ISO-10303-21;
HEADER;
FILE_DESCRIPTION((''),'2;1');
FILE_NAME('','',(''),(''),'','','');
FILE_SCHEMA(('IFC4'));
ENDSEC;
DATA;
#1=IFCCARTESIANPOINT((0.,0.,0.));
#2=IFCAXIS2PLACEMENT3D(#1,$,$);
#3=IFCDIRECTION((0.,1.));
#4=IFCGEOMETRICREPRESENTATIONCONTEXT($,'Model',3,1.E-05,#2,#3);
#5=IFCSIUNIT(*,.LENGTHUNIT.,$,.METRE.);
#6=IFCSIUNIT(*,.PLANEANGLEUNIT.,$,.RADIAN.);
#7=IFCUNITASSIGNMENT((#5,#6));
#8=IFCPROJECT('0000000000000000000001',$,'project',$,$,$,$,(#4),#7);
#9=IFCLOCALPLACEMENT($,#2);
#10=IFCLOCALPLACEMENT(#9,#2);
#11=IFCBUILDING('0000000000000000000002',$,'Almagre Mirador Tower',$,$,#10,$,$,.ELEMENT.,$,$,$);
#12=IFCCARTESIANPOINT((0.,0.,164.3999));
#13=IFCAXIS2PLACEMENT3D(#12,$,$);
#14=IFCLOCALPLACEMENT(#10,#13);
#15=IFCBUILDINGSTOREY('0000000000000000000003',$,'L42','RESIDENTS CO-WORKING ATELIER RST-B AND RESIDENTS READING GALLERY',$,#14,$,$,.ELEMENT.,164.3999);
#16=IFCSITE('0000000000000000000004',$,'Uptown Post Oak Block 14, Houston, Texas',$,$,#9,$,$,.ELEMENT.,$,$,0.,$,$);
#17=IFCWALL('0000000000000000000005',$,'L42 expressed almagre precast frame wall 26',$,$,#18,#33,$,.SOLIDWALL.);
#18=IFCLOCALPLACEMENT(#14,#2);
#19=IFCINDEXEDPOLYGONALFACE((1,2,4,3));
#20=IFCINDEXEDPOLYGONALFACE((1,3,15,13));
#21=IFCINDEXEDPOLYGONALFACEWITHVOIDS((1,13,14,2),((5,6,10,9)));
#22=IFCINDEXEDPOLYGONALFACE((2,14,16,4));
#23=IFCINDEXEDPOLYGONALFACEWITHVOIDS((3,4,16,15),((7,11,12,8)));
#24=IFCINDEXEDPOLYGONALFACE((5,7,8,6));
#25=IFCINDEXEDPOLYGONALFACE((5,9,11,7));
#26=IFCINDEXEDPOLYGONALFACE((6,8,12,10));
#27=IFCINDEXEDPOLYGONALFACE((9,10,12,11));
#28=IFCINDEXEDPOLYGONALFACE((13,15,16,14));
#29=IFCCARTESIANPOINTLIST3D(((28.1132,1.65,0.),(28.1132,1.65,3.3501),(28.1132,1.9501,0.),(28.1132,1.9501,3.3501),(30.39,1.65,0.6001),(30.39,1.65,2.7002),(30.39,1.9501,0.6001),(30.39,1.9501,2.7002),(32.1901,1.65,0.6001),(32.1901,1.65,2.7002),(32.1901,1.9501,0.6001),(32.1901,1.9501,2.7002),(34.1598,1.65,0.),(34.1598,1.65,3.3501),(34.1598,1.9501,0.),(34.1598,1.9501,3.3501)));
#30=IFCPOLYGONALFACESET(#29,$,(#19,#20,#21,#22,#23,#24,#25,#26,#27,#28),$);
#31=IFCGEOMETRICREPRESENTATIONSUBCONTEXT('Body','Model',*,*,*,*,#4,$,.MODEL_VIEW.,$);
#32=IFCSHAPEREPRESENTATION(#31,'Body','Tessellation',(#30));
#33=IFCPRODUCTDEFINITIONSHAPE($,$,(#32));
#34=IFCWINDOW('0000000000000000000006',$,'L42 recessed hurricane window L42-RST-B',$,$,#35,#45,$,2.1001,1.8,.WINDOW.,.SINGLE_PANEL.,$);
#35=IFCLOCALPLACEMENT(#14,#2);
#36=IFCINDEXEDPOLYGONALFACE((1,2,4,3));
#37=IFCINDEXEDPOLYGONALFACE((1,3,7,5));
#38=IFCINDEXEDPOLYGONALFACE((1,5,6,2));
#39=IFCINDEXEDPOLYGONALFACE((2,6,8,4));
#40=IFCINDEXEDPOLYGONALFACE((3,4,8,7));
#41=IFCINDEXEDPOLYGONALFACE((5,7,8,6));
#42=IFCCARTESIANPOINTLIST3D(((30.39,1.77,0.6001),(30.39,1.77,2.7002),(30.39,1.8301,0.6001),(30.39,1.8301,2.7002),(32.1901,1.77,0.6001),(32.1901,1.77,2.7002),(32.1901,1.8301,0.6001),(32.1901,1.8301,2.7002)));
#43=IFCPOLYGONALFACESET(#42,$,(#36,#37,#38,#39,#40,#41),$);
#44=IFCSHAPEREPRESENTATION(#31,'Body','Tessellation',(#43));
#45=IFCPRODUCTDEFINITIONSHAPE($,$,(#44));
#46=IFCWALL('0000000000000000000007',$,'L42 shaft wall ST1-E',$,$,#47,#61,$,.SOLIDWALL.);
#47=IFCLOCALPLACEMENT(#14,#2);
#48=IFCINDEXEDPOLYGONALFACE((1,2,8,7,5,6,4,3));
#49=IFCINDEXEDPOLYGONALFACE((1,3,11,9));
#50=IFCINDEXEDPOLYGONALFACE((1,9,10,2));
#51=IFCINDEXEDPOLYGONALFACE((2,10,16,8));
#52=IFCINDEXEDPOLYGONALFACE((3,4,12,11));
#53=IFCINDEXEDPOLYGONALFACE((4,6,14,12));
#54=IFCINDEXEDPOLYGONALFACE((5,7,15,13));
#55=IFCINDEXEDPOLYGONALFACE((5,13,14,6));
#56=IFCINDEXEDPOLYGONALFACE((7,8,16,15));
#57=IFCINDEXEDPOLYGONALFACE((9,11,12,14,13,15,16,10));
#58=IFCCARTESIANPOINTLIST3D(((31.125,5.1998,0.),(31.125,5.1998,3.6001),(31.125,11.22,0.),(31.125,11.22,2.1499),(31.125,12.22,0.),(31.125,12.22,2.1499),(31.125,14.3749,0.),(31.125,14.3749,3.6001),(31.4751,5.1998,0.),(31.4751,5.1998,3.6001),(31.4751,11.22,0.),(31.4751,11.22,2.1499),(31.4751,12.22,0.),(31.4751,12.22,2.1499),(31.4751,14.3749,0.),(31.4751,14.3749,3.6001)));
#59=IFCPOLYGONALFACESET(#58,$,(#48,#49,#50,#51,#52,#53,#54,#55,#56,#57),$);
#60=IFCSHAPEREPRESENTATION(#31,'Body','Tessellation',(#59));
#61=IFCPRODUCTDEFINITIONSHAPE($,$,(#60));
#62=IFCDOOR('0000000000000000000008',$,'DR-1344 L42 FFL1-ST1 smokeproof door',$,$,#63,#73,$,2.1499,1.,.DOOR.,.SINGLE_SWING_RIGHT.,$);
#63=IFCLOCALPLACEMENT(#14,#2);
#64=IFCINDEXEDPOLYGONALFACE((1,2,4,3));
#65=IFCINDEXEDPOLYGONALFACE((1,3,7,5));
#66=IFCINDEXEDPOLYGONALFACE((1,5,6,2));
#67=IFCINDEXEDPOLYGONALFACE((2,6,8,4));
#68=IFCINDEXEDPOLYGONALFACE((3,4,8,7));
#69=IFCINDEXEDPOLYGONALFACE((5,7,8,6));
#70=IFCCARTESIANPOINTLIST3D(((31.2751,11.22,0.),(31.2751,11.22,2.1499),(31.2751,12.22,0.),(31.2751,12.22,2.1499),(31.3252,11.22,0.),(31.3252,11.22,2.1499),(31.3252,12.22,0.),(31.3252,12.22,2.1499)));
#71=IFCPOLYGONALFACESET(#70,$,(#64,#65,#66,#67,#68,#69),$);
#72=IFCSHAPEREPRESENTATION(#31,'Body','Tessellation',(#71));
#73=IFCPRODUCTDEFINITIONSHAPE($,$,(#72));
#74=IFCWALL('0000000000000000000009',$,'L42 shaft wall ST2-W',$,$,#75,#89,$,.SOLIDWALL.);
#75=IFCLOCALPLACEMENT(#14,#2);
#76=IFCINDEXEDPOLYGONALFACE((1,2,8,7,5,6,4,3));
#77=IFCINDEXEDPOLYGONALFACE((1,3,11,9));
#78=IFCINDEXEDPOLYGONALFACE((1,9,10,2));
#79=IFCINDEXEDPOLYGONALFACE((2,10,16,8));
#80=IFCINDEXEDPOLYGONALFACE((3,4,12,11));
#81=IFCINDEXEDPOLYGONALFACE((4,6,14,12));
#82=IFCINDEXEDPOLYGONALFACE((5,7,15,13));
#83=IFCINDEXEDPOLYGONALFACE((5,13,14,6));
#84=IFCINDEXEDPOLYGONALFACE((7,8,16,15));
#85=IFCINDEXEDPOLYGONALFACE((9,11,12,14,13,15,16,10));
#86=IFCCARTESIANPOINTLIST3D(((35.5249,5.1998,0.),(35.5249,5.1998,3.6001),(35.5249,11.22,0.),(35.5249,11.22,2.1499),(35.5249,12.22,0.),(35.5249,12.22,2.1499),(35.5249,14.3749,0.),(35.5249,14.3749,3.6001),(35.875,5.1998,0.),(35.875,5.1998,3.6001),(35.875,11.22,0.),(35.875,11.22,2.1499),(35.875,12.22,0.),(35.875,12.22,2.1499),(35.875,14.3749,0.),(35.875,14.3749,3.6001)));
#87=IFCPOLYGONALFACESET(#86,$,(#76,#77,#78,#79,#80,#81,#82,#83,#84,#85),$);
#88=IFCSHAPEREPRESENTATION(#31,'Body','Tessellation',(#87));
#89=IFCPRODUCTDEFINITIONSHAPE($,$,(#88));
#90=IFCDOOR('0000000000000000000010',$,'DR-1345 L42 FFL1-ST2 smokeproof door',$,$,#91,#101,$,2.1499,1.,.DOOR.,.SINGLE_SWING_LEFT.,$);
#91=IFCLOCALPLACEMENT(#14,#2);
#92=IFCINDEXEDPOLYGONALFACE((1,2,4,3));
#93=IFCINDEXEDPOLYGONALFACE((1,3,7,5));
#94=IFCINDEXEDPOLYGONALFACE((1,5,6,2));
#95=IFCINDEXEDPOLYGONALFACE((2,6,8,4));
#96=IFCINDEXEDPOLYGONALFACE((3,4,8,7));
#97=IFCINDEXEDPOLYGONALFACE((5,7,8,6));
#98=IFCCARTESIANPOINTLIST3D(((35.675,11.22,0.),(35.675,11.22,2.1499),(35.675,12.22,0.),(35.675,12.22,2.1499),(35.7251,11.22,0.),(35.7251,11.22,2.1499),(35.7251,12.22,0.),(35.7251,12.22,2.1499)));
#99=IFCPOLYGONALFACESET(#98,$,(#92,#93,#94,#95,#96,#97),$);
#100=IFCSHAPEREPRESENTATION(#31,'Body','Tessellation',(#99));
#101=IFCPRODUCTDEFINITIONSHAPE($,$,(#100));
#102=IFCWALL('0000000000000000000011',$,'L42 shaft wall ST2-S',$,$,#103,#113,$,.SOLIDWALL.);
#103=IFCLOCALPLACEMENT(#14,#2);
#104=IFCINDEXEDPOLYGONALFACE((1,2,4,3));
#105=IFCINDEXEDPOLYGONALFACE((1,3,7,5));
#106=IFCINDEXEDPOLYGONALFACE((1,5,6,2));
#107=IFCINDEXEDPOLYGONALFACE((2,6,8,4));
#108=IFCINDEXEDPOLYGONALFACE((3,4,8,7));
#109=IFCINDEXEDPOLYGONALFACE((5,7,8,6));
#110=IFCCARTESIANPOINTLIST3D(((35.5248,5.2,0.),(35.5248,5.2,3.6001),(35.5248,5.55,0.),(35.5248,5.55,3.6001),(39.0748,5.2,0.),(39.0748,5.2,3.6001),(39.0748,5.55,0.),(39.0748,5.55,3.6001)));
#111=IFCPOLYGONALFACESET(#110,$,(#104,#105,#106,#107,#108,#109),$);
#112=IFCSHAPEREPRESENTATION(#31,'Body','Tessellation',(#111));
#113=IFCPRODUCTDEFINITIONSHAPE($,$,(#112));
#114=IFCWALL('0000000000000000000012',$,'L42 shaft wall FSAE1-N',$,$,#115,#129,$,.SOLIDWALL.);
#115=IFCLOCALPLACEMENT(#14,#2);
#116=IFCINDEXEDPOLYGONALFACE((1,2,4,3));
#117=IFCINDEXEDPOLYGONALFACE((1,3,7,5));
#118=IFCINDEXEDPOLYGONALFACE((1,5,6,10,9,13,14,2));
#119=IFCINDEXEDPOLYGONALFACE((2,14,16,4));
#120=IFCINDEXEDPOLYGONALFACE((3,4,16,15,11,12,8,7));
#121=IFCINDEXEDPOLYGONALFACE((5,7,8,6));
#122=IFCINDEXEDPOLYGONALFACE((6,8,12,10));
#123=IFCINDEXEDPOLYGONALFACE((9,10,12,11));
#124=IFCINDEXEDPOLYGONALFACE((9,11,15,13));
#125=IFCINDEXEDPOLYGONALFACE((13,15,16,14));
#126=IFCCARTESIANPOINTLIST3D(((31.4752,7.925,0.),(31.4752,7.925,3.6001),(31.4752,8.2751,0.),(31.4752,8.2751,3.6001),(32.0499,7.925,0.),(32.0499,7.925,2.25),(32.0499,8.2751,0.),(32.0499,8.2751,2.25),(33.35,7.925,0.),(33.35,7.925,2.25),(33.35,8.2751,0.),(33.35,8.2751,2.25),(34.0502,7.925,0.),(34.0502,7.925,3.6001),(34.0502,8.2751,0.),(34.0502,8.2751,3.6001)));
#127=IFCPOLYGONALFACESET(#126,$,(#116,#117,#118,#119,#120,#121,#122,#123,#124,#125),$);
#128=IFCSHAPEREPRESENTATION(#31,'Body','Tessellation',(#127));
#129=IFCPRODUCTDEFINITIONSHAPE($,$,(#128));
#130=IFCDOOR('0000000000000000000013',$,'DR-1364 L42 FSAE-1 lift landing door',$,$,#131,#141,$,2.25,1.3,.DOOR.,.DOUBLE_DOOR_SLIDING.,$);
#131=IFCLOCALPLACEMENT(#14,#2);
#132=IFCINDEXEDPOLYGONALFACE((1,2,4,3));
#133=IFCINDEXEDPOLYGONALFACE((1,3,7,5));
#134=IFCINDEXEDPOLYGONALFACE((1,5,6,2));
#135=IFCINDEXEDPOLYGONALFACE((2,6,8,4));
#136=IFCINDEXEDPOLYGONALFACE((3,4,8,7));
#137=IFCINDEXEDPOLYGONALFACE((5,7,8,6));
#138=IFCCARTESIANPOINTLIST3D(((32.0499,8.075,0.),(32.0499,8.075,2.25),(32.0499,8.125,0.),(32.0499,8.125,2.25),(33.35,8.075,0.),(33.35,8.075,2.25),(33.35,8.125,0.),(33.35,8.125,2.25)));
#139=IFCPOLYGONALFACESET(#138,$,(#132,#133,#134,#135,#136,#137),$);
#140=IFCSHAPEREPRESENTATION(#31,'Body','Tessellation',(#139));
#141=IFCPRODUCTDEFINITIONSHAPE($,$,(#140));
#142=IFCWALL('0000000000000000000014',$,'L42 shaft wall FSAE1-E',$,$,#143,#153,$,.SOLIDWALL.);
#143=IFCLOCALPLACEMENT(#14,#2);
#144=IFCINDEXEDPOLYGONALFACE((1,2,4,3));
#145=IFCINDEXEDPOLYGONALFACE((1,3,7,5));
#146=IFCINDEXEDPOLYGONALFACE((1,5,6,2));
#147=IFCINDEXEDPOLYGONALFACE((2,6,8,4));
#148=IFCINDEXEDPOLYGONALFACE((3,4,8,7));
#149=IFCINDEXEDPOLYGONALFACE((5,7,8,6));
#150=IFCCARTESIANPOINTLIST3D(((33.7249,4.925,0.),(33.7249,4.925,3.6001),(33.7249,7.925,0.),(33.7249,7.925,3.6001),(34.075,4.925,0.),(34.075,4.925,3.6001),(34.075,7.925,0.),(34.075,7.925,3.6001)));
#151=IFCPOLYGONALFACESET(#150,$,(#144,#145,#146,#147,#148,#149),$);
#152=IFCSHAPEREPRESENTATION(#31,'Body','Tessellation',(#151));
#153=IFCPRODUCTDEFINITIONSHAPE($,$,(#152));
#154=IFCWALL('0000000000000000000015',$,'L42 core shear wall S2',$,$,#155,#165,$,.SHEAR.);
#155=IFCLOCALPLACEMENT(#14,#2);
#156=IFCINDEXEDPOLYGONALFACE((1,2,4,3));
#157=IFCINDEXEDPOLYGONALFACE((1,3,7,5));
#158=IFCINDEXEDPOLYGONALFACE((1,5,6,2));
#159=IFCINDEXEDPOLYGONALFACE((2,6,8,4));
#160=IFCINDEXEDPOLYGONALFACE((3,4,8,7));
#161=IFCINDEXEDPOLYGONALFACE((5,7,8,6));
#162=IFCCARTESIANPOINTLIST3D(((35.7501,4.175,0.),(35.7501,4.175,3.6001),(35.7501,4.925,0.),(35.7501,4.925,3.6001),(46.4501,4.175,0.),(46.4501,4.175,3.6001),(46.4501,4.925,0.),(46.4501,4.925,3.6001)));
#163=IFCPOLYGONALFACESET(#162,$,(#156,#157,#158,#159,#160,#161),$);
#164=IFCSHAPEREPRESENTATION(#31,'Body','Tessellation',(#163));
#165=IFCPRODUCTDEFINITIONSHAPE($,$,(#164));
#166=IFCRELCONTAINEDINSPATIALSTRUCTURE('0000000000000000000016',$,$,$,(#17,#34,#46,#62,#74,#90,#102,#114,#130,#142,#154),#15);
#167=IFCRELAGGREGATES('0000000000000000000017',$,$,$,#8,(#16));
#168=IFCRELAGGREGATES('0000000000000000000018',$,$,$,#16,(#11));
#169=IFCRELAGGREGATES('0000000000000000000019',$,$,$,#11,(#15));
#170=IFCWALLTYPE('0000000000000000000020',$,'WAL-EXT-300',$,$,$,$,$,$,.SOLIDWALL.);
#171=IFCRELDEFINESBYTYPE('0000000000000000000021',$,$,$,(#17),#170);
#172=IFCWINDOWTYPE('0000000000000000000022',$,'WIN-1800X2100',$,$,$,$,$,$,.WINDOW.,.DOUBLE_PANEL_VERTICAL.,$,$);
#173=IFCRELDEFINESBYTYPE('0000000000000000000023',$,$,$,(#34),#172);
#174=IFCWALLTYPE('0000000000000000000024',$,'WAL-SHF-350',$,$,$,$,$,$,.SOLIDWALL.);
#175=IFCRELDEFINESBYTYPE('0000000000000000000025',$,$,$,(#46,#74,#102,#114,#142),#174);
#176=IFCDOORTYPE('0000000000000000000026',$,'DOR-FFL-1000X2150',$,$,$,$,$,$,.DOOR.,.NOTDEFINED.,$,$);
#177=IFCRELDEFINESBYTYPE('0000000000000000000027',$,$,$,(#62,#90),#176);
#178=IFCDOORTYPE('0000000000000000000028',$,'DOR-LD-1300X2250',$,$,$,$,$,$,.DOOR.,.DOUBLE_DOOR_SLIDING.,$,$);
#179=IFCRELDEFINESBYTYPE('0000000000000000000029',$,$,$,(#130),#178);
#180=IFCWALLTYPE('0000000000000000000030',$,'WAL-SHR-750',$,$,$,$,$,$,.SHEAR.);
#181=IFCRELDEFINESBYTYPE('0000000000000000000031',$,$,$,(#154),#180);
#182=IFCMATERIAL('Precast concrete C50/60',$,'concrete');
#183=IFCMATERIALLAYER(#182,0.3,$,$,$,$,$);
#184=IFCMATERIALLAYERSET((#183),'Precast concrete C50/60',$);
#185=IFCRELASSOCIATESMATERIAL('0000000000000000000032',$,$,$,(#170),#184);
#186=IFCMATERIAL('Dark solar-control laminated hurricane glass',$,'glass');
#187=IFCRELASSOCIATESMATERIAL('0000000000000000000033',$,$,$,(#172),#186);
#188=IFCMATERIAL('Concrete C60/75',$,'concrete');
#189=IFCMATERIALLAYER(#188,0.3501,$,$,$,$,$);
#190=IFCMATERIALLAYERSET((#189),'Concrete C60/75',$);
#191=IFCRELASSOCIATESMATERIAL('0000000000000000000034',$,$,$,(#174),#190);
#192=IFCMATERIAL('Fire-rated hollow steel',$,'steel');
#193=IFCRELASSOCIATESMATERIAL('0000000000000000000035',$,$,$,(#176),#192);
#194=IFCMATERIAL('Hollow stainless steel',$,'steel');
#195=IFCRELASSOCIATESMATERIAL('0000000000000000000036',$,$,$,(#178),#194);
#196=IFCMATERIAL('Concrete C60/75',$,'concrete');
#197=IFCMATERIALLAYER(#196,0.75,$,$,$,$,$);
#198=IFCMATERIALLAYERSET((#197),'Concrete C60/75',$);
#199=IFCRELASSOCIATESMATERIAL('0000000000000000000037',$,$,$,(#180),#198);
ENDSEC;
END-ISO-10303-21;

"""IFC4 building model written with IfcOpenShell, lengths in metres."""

from ifc_helpers import new_model, si_unit, direction, frame, frame_2d, origin, place, context, subcontext, project, spatial, rectangle, extrude, material, layer, layer_set, type_object, element, fill, save


model = new_model("IFC4")

# Units and contexts
model_context = context("Model", 3, precision=1e-05, world=origin(), true_north=direction((0.0, 1.0)))
body_context = subcontext(model_context, "Body", "Model", "MODEL_VIEW")
ifc_project = project(units=[si_unit("LENGTHUNIT", "METRE"), si_unit("PLANEANGLEUNIT", "RADIAN")], contexts=[model_context])

# Site, building, storey
site_placement = place(None, origin())
site = spatial("IfcSite", under=ifc_project, at=site_placement, Name="Uptown Post Oak Block 14, Houston, Texas", CompositionType="ELEMENT", RefElevation=0.0)
building_placement = place(site_placement, origin())
building = spatial("IfcBuilding", under=site, at=building_placement, Name="Almagre Mirador Tower", CompositionType="ELEMENT")
storey_placement = place(building_placement, frame((0.0, 0.0, 164.3999)))
storey = spatial("IfcBuildingStorey", under=building, at=storey_placement, Name="L42", Description="RESIDENTS CO-WORKING ATELIER RST-B AND RESIDENTS READING GALLERY", CompositionType="ELEMENT", Elevation=164.3999)

# Shared definitions
ifc_material_1 = material(Name="Precast concrete C50/60", Category="concrete")
ifc_layer_1 = layer(ifc_material_1, 0.3)
ifc_layer_set_1 = layer_set([ifc_layer_1], Name="Precast concrete C50/60")
wall_type_1 = type_object("IfcWallType", Name="WAL-EXT-300", PredefinedType="SOLIDWALL", material=ifc_layer_set_1)

# Wall, opening, window
wall_1_placement = place(storey_placement, frame((34.1599, 1.8, 0.0), z_axis=(0.0, 0.0, 1.0), x_axis=(-1.0, 0.0, 0.0)))
wall_1 = element("IfcWall", 1, at=wall_1_placement, inside=storey, type_object=wall_type_1, Name="L42 expressed almagre precast frame wall 26", PredefinedType="SOLIDWALL", context=body_context, shape_type="SweptSolid", body=[
    extrude(rectangle(XDim=6.0466, YDim=0.3, at=frame_2d((3.0234, 0.0))), origin(), (0.0, 0.0, 1.0), 3.3501),
])
opening_1_placement = place(wall_1_placement, frame((1.97, 0.0, 0.6001)))
opening_1 = element("IfcOpeningElement", 2, at=opening_1_placement, cuts=wall_1, PredefinedType="OPENING", context=body_context, shape_type="SweptSolid", body=[
    extrude(rectangle(XDim=1.8, YDim=2.1001, at=frame_2d((0.8999, 1.05))), frame((0.0, 0.1599, 0.0), z_axis=(0.0, -1.0, 0.0), x_axis=(1.0, 0.0, 0.0)), (0.0, 0.0, 1.0), 0.32),
])
ifc_material_2 = material(Name="Dark solar-control laminated hurricane glass", Category="glass")
window_type = type_object("IfcWindowType", Name="WIN-1800X2100", PartitioningType="DOUBLE_PANEL_VERTICAL", PredefinedType="WINDOW", material=ifc_material_2)
window_placement = place(opening_1_placement, origin())
window = element("IfcWindow", 3, at=window_placement, inside=storey, type_object=window_type, Name="L42 recessed hurricane window L42-RST-B", OverallHeight=2.1001, OverallWidth=1.8, PartitioningType="SINGLE_PANEL", PredefinedType="WINDOW", context=body_context, shape_type="SweptSolid", body=[
    extrude(rectangle(XDim=1.8, YDim=2.1001, at=frame_2d((0.8999, 1.05))), frame((0.0, 0.03, 0.0), z_axis=(0.0, -1.0, 0.0), x_axis=(1.0, 0.0, 0.0)), (0.0, 0.0, 1.0), 0.0601),
])
fill(opening_1, window)

# Walls, openings, doors
ifc_material_3 = material(Name="Concrete C60/75", Category="concrete")
ifc_layer_2 = layer(ifc_material_3, 0.3501)
ifc_layer_set_2 = layer_set([ifc_layer_2], Name="Concrete C60/75")
wall_type_2 = type_object("IfcWallType", Name="WAL-SHF-350", PredefinedType="SOLIDWALL", material=ifc_layer_set_2)
wall_2_placement = place(storey_placement, frame((31.3, 5.2, 0.0), z_axis=(0.0, 0.0, 1.0), x_axis=(0.0, 1.0, 0.0)))
wall_2 = element("IfcWall", 4, at=wall_2_placement, inside=storey, type_object=wall_type_2, Name="L42 shaft wall ST1-E", PredefinedType="SOLIDWALL", context=body_context, shape_type="SweptSolid", body=[
    extrude(rectangle(XDim=9.175, YDim=0.3501, at=frame_2d((4.5874, 0.0))), origin(), (0.0, 0.0, 1.0), 3.6001),
])
opening_2_placement = place(wall_2_placement, frame((6.02, 0.0, 0.0)))
opening_2 = element("IfcOpeningElement", 5, at=opening_2_placement, cuts=wall_2, PredefinedType="OPENING", context=body_context, shape_type="SweptSolid", body=[
    extrude(rectangle(XDim=1.0, YDim=2.1499, at=frame_2d((0.5, 1.075))), frame((0.0, 0.185, 0.0), z_axis=(0.0, -1.0, 0.0), x_axis=(1.0, 0.0, 0.0)), (0.0, 0.0, 1.0), 0.3701),
])
ifc_material_4 = material(Name="Fire-rated hollow steel", Category="steel")
door_type_1 = type_object("IfcDoorType", Name="DOR-FFL-1000X2150", OperationType="NOTDEFINED", PredefinedType="DOOR", material=ifc_material_4)
door_1_placement = place(opening_2_placement, origin())
door_1 = element("IfcDoor", 6, at=door_1_placement, inside=storey, type_object=door_type_1, Name="DR-1344 L42 FFL1-ST1 smokeproof door", OperationType="SINGLE_SWING_RIGHT", OverallHeight=2.1499, OverallWidth=1.0, PredefinedType="DOOR", context=body_context, shape_type="SweptSolid", body=[
    extrude(rectangle(XDim=1.0, YDim=2.1499, at=frame_2d((0.5, 1.075))), frame((0.0, 0.0249, 0.0), z_axis=(0.0, -1.0, 0.0), x_axis=(1.0, 0.0, 0.0)), (0.0, 0.0, 1.0), 0.05),
])
fill(opening_2, door_1)
wall_3_placement = place(storey_placement, frame((35.7, 5.2, 0.0), z_axis=(0.0, 0.0, 1.0), x_axis=(0.0, 1.0, 0.0)))
wall_3 = element("IfcWall", 7, at=wall_3_placement, inside=storey, type_object=wall_type_2, Name="L42 shaft wall ST2-W", PredefinedType="SOLIDWALL", context=body_context, shape_type="SweptSolid", body=[
    extrude(rectangle(XDim=9.175, YDim=0.3501, at=frame_2d((4.5874, 0.0))), origin(), (0.0, 0.0, 1.0), 3.6001),
])
opening_3_placement = place(wall_3_placement, frame((6.02, 0.0, 0.0)))
opening_3 = element("IfcOpeningElement", 8, at=opening_3_placement, cuts=wall_3, PredefinedType="OPENING", context=body_context, shape_type="SweptSolid", body=[
    extrude(rectangle(XDim=1.0, YDim=2.1499, at=frame_2d((0.5, 1.075))), frame((0.0, 0.185, 0.0), z_axis=(0.0, -1.0, 0.0), x_axis=(1.0, 0.0, 0.0)), (0.0, 0.0, 1.0), 0.3701),
])
door_2_placement = place(opening_3_placement, origin())
door_2 = element("IfcDoor", 9, at=door_2_placement, inside=storey, type_object=door_type_1, Name="DR-1345 L42 FFL1-ST2 smokeproof door", OperationType="SINGLE_SWING_LEFT", OverallHeight=2.1499, OverallWidth=1.0, PredefinedType="DOOR", context=body_context, shape_type="SweptSolid", body=[
    extrude(rectangle(XDim=1.0, YDim=2.1499, at=frame_2d((0.5, 1.075))), frame((0.0, 0.0249, 0.0), z_axis=(0.0, -1.0, 0.0), x_axis=(1.0, 0.0, 0.0)), (0.0, 0.0, 1.0), 0.05),
])
fill(opening_3, door_2)

# Wall
wall_4_placement = place(storey_placement, frame((35.5249, 5.375, 0.0), z_axis=(0.0, 0.0, 1.0), x_axis=(1.0, 0.0, 0.0)))
element("IfcWall", 10, at=wall_4_placement, inside=storey, type_object=wall_type_2, Name="L42 shaft wall ST2-S", PredefinedType="SOLIDWALL", context=body_context, shape_type="SweptSolid", body=[
    extrude(rectangle(XDim=3.55, YDim=0.3501, at=frame_2d((1.7749, 0.0))), origin(), (0.0, 0.0, 1.0), 3.6001),
])

# Wall, opening, door
wall_5_placement = place(storey_placement, frame((31.4751, 8.1001, 0.0), z_axis=(0.0, 0.0, 1.0), x_axis=(1.0, 0.0, 0.0)))
wall_5 = element("IfcWall", 11, at=wall_5_placement, inside=storey, type_object=wall_type_2, Name="L42 shaft wall FSAE1-N", PredefinedType="SOLIDWALL", context=body_context, shape_type="SweptSolid", body=[
    extrude(rectangle(XDim=2.575, YDim=0.3501, at=frame_2d((1.2876, 0.0))), origin(), (0.0, 0.0, 1.0), 3.6001),
])
opening_4_placement = place(wall_5_placement, frame((0.575, 0.0, 0.0)))
opening_4 = element("IfcOpeningElement", 12, at=opening_4_placement, cuts=wall_5, PredefinedType="OPENING", context=body_context, shape_type="SweptSolid", body=[
    extrude(rectangle(XDim=1.3, YDim=2.25, at=frame_2d((0.6499, 1.125))), frame((0.0, 0.185, 0.0), z_axis=(0.0, -1.0, 0.0), x_axis=(1.0, 0.0, 0.0)), (0.0, 0.0, 1.0), 0.3701),
])
ifc_material_5 = material(Name="Hollow stainless steel", Category="steel")
door_type_2 = type_object("IfcDoorType", Name="DOR-LD-1300X2250", OperationType="DOUBLE_DOOR_SLIDING", PredefinedType="DOOR", material=ifc_material_5)
door_3_placement = place(opening_4_placement, origin())
door_3 = element("IfcDoor", 13, at=door_3_placement, inside=storey, type_object=door_type_2, Name="DR-1364 L42 FSAE-1 lift landing door", OperationType="DOUBLE_DOOR_SLIDING", OverallHeight=2.25, OverallWidth=1.3, PredefinedType="DOOR", context=body_context, shape_type="SweptSolid", body=[
    extrude(rectangle(XDim=1.3, YDim=2.25, at=frame_2d((0.6499, 1.125))), frame((0.0, 0.0249, 0.0), z_axis=(0.0, -1.0, 0.0), x_axis=(1.0, 0.0, 0.0)), (0.0, 0.0, 1.0), 0.05),
])
fill(opening_4, door_3)

# Walls
wall_6_placement = place(storey_placement, frame((33.8999, 4.925, 0.0), z_axis=(0.0, 0.0, 1.0), x_axis=(0.0, 1.0, 0.0)))
element("IfcWall", 14, at=wall_6_placement, inside=storey, type_object=wall_type_2, Name="L42 shaft wall FSAE1-E", PredefinedType="SOLIDWALL", context=body_context, shape_type="SweptSolid", body=[
    extrude(rectangle(XDim=3.0, YDim=0.3501, at=frame_2d((1.5, 0.0))), origin(), (0.0, 0.0, 1.0), 3.6001),
])
ifc_material_6 = material(Name="Concrete C60/75", Category="concrete")
ifc_layer_3 = layer(ifc_material_6, 0.75)
ifc_layer_set_3 = layer_set([ifc_layer_3], Name="Concrete C60/75")
wall_type_3 = type_object("IfcWallType", Name="WAL-SHR-750", PredefinedType="SHEAR", material=ifc_layer_set_3)
wall_7_placement = place(storey_placement, frame((35.75, 4.55, 0.0), z_axis=(0.0, 0.0, 1.0), x_axis=(1.0, 0.0, 0.0)))
element("IfcWall", 15, at=wall_7_placement, inside=storey, type_object=wall_type_3, Name="L42 core shear wall S2", PredefinedType="SHEAR", context=body_context, shape_type="SweptSolid", body=[
    extrude(rectangle(XDim=10.7, YDim=0.75, at=frame_2d((5.3501, 0.0))), origin(), (0.0, 0.0, 1.0), 3.6001),
])

save(model, "model.ifc")
